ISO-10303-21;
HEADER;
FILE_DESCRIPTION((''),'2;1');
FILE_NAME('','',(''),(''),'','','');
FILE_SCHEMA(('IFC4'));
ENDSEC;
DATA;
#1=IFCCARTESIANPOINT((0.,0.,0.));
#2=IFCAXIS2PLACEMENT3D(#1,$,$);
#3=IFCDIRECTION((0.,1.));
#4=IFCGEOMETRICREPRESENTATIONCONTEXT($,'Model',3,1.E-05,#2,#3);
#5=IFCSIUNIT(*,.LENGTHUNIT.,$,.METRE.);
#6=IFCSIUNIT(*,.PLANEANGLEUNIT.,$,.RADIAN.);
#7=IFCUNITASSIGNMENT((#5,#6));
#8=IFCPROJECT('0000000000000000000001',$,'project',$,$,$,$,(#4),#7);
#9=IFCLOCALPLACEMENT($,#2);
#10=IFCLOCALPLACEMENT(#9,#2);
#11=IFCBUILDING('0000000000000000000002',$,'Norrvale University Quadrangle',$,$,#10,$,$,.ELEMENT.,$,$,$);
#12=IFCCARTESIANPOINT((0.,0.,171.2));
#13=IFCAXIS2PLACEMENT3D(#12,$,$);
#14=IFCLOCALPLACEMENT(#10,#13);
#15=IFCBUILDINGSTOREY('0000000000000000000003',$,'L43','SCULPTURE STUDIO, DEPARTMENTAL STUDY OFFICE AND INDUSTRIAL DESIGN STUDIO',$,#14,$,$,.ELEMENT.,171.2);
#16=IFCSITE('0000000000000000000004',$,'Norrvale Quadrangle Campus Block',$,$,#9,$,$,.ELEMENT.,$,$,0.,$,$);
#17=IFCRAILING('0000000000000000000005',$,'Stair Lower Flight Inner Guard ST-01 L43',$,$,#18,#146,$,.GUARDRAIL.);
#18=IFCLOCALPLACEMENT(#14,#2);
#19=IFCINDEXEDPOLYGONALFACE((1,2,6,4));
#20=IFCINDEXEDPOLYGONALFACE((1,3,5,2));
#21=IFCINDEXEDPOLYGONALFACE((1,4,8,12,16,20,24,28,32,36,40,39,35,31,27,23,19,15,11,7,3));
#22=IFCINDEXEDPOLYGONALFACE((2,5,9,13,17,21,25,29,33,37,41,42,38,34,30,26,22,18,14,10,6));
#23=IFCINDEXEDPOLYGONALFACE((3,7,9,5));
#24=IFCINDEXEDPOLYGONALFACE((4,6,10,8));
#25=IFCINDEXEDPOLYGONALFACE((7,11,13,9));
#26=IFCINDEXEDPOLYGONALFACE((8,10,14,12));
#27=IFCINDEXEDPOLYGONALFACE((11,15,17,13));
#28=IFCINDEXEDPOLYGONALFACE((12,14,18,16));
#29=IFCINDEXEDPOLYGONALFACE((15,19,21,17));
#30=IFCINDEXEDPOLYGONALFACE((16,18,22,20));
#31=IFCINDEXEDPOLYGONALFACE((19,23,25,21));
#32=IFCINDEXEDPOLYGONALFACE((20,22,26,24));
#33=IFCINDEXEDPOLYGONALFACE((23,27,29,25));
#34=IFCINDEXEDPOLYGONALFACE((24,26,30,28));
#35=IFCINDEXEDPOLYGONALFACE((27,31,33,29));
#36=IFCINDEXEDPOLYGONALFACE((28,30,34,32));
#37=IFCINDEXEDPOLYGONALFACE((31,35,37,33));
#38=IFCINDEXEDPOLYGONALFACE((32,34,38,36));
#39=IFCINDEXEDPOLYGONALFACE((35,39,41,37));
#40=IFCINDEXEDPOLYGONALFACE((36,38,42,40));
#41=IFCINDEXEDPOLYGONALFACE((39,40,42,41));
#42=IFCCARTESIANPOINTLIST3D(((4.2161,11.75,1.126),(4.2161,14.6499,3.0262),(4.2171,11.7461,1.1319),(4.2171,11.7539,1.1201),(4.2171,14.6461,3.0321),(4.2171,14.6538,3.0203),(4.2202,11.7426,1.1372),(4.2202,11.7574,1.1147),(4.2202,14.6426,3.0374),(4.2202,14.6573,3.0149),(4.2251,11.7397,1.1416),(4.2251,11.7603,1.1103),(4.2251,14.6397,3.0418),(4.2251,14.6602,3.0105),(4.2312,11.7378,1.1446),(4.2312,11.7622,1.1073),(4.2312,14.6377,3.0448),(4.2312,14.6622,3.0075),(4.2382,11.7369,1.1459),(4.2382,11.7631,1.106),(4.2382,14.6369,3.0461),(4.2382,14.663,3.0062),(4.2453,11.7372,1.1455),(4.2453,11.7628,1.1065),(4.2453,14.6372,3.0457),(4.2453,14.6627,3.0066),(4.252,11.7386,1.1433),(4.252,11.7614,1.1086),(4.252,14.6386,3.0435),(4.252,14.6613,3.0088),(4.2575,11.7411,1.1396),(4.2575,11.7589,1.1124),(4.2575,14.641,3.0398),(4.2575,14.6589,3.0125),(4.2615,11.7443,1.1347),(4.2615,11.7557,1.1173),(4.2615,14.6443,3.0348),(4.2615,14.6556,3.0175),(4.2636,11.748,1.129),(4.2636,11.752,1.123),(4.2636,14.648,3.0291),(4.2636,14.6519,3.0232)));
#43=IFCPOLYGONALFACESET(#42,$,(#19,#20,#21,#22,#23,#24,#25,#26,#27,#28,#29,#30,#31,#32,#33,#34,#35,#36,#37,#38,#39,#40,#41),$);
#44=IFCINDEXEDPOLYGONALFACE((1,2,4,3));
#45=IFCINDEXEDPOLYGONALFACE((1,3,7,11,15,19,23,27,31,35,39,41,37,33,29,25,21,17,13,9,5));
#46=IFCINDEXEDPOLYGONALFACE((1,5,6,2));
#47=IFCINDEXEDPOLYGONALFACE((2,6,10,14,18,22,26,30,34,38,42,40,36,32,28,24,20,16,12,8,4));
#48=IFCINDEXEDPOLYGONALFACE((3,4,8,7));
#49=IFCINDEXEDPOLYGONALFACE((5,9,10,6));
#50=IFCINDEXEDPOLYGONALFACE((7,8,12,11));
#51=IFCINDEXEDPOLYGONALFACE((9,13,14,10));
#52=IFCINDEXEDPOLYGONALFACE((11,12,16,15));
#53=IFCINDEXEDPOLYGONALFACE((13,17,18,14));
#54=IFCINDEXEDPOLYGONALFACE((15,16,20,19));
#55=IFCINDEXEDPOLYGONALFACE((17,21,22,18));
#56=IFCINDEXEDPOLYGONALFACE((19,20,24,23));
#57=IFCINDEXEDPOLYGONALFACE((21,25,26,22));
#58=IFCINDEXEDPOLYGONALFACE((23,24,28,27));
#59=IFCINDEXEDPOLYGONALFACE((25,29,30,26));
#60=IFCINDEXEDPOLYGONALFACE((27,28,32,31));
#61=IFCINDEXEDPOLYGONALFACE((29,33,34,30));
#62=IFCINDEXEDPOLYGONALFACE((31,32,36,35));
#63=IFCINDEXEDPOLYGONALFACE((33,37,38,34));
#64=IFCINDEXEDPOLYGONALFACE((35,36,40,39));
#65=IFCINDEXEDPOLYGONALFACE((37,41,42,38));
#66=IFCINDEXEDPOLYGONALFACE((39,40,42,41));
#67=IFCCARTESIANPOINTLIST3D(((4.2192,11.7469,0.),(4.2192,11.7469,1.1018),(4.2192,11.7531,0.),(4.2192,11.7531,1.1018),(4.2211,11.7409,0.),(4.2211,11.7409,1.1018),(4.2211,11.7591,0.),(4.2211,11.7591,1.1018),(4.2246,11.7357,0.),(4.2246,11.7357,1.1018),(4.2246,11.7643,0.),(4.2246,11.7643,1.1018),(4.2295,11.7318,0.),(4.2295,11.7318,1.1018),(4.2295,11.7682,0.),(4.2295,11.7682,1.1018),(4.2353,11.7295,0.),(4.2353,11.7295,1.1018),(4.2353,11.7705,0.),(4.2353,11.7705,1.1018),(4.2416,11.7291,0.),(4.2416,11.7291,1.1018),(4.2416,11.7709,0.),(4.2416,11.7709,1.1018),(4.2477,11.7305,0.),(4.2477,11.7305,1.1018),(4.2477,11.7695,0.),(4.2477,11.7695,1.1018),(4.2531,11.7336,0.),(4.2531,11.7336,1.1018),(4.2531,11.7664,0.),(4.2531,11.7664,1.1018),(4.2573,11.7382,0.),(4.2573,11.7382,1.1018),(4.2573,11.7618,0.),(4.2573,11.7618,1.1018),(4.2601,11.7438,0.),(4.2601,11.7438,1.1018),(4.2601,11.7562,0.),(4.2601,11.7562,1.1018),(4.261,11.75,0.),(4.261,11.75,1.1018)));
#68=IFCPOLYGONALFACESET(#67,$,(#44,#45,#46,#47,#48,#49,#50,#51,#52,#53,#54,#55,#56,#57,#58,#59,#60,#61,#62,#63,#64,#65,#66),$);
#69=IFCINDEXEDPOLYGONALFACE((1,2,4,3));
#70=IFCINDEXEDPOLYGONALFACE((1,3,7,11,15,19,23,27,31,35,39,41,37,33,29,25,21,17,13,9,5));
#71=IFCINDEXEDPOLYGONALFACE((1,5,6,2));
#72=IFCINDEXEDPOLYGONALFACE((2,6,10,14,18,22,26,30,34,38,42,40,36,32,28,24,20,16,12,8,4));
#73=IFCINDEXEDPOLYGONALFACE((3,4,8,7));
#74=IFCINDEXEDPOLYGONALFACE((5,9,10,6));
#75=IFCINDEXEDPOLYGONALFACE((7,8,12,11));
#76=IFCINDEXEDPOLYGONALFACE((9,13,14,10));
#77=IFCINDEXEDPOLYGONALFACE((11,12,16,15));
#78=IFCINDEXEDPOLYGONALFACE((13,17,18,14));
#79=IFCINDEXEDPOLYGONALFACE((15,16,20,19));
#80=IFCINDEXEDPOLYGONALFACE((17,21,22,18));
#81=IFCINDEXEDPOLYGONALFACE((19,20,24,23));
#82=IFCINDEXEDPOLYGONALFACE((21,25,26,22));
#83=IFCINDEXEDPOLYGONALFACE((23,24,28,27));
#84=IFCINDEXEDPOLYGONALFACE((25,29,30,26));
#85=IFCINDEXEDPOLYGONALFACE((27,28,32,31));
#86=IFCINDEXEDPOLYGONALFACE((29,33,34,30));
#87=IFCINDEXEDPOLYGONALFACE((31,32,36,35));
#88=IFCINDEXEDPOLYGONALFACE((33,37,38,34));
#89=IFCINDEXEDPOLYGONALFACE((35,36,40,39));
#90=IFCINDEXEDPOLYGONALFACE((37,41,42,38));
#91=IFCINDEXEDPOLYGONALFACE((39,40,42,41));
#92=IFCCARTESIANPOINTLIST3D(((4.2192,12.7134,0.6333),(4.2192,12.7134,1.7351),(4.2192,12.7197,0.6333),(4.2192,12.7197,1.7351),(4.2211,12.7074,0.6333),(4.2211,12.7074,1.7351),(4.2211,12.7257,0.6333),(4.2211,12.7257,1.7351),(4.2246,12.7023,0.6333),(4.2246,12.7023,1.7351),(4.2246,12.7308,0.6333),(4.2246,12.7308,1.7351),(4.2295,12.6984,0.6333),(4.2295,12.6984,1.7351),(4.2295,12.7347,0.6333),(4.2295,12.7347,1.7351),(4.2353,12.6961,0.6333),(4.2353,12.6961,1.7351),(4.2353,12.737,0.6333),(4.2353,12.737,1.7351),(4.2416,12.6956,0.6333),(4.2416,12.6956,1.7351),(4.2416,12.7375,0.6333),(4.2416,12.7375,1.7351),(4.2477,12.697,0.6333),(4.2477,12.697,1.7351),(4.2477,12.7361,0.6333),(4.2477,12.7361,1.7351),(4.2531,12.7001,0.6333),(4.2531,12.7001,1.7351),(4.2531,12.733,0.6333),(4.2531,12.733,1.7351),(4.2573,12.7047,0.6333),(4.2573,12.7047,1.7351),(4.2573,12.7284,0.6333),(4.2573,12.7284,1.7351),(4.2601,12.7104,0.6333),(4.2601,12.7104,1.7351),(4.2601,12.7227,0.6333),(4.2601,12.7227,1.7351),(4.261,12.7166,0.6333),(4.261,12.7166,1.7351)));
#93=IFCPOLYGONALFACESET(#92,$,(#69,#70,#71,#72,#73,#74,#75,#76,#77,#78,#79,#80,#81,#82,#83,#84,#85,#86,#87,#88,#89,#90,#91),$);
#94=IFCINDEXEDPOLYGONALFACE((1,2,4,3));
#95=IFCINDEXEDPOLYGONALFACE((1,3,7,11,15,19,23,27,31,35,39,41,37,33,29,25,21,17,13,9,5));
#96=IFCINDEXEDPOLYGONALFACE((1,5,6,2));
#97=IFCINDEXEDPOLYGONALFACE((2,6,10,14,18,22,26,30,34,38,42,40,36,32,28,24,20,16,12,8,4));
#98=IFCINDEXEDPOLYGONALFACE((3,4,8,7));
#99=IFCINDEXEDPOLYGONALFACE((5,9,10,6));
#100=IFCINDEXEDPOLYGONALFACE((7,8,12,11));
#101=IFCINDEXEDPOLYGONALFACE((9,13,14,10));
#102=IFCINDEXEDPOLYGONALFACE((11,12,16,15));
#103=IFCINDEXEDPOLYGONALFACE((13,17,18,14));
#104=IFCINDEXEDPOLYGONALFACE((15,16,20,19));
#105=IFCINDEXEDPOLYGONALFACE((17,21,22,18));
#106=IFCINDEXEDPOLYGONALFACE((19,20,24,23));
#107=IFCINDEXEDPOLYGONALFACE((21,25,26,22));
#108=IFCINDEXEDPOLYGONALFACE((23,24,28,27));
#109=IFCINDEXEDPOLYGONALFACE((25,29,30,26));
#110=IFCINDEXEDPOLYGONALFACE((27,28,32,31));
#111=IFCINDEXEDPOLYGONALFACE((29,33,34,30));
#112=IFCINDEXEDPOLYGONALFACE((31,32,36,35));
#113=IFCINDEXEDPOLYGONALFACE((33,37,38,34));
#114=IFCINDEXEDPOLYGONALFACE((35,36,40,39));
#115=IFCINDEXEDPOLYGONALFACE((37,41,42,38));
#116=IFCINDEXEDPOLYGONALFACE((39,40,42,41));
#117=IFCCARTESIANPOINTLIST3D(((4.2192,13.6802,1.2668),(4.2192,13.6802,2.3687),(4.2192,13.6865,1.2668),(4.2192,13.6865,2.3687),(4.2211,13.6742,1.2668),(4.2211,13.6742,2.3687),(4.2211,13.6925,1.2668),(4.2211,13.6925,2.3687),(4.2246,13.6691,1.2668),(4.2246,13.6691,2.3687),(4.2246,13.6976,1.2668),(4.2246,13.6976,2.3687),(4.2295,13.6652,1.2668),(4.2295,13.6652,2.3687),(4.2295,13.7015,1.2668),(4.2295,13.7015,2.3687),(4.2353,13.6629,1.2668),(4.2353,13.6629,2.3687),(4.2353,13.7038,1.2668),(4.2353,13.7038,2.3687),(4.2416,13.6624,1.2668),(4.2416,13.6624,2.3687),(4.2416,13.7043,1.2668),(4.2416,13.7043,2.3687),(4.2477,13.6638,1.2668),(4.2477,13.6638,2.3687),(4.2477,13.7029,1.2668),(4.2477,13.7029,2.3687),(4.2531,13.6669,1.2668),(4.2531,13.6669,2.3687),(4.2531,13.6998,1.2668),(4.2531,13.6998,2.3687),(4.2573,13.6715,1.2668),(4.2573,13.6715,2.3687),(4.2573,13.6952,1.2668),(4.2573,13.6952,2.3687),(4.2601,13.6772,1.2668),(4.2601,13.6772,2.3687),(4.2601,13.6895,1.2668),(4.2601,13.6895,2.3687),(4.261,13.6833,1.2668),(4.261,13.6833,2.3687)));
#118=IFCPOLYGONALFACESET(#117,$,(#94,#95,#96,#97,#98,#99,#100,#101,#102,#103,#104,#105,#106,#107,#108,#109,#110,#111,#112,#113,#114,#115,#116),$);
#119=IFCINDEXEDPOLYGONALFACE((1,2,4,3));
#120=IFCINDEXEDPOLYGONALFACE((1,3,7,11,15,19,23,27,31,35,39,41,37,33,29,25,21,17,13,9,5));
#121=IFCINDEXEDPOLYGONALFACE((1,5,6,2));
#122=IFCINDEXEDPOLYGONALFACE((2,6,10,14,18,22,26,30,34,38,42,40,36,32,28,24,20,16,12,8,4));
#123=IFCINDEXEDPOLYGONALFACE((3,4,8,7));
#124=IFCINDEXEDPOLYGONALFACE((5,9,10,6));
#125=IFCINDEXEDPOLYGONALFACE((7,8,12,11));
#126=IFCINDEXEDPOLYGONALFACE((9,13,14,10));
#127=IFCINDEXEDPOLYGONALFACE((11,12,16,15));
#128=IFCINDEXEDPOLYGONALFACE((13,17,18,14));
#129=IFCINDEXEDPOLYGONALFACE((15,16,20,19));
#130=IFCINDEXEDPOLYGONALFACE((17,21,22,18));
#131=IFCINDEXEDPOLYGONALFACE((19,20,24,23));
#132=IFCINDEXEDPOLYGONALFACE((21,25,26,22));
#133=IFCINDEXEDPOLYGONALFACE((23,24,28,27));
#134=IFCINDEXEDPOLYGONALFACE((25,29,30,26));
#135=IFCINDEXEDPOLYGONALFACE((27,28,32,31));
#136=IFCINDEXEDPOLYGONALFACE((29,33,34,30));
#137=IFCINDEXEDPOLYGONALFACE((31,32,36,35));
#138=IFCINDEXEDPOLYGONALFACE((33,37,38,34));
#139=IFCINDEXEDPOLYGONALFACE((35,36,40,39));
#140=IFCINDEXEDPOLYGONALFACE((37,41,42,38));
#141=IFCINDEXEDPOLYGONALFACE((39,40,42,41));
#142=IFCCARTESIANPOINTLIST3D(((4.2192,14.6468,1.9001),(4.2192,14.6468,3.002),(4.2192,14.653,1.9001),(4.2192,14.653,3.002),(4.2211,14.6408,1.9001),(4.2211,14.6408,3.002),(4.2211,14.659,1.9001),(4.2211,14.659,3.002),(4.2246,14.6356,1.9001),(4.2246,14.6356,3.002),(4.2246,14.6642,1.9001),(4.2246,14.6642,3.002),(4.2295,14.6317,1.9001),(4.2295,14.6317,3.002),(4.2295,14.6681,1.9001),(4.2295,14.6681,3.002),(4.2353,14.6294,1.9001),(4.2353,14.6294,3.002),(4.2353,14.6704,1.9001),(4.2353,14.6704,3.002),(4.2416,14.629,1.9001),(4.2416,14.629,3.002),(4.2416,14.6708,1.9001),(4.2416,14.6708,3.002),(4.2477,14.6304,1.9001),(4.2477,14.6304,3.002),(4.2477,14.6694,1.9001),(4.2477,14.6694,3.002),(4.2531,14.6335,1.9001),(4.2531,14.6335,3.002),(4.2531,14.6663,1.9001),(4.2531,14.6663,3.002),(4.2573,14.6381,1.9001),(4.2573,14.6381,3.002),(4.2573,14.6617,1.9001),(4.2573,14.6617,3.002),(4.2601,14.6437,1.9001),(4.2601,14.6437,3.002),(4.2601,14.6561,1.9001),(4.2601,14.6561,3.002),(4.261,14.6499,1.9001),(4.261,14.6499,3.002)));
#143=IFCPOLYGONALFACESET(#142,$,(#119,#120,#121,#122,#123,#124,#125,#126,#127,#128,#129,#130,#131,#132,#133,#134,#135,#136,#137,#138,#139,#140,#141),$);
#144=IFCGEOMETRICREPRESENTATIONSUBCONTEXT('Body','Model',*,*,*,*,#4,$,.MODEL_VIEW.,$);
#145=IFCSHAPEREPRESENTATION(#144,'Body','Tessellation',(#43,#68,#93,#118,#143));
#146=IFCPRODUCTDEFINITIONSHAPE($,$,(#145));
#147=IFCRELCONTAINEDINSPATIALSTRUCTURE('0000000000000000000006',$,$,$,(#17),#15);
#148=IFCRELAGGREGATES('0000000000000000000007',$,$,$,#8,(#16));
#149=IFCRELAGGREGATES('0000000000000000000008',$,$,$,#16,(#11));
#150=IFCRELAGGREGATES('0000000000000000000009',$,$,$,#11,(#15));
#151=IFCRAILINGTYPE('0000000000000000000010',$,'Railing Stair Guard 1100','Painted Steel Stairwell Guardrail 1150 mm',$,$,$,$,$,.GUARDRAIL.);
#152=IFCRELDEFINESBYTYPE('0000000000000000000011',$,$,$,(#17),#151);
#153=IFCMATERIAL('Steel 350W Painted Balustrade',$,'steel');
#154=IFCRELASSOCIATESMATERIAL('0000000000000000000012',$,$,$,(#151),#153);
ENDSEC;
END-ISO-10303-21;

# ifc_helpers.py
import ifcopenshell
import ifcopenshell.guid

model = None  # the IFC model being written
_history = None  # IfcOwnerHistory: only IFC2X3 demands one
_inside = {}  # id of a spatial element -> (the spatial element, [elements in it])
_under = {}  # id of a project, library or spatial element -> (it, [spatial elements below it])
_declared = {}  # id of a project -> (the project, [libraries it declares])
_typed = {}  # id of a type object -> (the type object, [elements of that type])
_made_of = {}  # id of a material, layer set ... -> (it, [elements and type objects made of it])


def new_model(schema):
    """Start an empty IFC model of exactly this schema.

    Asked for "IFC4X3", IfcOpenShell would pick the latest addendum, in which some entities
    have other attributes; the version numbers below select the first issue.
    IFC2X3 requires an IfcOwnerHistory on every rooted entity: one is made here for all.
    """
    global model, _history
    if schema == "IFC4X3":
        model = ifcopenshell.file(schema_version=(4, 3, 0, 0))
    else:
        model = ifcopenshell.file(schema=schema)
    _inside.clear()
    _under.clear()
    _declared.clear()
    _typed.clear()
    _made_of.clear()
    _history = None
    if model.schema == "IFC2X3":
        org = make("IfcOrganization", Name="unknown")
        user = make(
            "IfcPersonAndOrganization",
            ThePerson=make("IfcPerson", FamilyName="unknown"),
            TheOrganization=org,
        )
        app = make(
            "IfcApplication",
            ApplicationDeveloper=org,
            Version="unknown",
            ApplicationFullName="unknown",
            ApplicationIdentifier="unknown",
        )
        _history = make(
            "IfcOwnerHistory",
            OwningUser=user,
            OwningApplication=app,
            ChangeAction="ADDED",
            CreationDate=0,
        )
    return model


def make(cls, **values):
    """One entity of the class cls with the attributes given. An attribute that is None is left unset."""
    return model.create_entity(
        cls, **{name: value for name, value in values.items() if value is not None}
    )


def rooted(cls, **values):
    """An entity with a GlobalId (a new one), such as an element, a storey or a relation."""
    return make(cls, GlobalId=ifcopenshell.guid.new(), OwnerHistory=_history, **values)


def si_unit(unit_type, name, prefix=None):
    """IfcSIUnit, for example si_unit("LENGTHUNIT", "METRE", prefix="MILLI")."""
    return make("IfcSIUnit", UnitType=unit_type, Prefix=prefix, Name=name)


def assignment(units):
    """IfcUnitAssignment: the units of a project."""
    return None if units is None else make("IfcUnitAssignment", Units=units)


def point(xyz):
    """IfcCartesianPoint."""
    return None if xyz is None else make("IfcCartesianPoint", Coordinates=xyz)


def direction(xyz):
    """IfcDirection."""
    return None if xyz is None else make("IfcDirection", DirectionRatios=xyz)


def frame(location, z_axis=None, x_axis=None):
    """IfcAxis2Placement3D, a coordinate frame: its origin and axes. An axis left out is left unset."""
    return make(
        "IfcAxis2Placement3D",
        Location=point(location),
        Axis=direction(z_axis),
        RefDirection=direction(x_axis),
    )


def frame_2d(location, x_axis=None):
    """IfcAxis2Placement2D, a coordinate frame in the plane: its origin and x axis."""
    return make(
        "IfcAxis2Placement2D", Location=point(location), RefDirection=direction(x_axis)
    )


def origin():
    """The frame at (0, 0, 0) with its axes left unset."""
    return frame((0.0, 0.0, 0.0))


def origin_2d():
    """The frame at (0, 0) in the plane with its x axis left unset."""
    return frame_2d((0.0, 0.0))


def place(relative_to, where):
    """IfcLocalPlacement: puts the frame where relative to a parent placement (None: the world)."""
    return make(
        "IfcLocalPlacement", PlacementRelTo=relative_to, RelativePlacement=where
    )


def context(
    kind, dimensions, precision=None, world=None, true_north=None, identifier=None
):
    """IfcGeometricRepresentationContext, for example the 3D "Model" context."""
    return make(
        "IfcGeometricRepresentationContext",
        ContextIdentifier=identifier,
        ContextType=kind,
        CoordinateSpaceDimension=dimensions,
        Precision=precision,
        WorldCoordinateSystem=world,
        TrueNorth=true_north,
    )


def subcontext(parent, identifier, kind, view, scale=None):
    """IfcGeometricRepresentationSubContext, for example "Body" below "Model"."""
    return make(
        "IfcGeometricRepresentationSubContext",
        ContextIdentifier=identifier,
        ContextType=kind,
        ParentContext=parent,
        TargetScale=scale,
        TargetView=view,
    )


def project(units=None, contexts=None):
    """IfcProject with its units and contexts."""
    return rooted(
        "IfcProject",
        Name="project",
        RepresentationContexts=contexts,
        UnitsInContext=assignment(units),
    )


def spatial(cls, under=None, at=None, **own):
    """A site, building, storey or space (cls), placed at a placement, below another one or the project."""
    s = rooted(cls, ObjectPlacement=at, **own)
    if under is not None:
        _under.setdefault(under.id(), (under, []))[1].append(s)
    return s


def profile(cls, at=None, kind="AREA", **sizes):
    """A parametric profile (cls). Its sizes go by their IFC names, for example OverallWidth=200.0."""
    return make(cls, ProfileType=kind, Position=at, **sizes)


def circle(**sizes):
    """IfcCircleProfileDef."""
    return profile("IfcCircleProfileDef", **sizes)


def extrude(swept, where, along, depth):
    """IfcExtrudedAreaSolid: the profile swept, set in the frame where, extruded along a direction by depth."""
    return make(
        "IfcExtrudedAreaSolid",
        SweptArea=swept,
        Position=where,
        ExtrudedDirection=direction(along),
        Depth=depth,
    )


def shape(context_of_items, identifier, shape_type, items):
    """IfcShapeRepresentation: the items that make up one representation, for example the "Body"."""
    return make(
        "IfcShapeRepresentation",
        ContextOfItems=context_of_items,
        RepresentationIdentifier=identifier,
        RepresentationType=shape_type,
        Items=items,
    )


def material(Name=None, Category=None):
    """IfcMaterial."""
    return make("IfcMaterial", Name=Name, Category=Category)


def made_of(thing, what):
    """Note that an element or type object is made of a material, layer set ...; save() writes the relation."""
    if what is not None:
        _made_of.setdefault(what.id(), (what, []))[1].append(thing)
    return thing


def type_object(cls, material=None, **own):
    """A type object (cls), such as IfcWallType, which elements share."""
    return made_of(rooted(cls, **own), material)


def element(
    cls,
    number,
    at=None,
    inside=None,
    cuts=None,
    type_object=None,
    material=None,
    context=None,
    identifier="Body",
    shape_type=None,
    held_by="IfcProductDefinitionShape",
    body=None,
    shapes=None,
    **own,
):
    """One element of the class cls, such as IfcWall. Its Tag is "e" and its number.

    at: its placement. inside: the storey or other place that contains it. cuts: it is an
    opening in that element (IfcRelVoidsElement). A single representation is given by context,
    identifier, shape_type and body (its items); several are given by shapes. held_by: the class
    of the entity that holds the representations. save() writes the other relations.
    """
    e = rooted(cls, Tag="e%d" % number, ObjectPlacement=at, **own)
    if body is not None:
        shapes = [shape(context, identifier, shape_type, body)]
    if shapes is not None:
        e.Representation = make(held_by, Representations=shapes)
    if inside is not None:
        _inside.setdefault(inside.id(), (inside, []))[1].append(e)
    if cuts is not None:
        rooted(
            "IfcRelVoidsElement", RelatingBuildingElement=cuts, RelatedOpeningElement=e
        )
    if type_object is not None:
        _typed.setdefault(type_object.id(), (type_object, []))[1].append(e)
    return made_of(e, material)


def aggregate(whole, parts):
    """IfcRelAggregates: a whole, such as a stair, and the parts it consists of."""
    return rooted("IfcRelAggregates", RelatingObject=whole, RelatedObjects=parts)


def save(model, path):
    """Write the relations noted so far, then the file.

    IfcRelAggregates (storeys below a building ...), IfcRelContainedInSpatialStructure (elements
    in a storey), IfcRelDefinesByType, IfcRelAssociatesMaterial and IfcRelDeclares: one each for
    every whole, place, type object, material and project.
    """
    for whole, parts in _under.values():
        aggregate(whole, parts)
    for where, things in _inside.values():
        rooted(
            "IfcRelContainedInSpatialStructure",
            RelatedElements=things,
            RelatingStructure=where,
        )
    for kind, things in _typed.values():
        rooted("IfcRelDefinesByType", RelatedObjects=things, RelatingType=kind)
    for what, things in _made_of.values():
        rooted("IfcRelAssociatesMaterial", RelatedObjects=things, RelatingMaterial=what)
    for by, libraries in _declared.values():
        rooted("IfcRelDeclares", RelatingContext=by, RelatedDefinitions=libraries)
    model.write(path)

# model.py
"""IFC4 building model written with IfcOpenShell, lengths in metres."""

from ifc_helpers import new_model, si_unit, direction, frame, origin, origin_2d, place, context, subcontext, project, spatial, circle, extrude, material, type_object, element, save


model = new_model("IFC4")

# Units and contexts
model_context = context("Model", 3, precision=1e-05, world=origin(), true_north=direction((0.0, 1.0)))
body_context = subcontext(model_context, "Body", "Model", "MODEL_VIEW")
ifc_project = project(units=[si_unit("LENGTHUNIT", "METRE"), si_unit("PLANEANGLEUNIT", "RADIAN")], contexts=[model_context])

# Site, building, storey
site_placement = place(None, origin())
site = spatial("IfcSite", under=ifc_project, at=site_placement, Name="Norrvale Quadrangle Campus Block", CompositionType="ELEMENT", RefElevation=0.0)
building_placement = place(site_placement, origin())
building = spatial("IfcBuilding", under=site, at=building_placement, Name="Norrvale University Quadrangle", CompositionType="ELEMENT")
storey_placement = place(building_placement, frame((0.0, 0.0, 171.2)))
storey = spatial("IfcBuildingStorey", under=building, at=storey_placement, Name="L43", Description="SCULPTURE STUDIO, DEPARTMENTAL STUDY OFFICE AND INDUSTRIAL DESIGN STUDIO", CompositionType="ELEMENT", Elevation=171.2)

# Railing
ifc_material_1 = material(Name="Steel 350W Painted Balustrade", Category="steel")
railing_type_1 = type_object("IfcRailingType", Name="Railing Stair Guard 1100", Description="Painted Steel Stairwell Guardrail 1150 mm", PredefinedType="GUARDRAIL", material=ifc_material_1)
railing_1_placement = place(storey_placement, frame((4.24, 11.75, 0.0)))
element("IfcRailing", 1, at=railing_1_placement, inside=storey, type_object=railing_type_1, Name="Stair Lower Flight Inner Guard ST-01 L43", PredefinedType="GUARDRAIL", context=body_context, shape_type="SweptSolid", body=[
    extrude(circle(Radius=0.0239, at=origin_2d()), frame((0.0, 0.0, 1.126), z_axis=(0.0, 0.836433, 0.548069), x_axis=(-1.0, 0.0, 0.0)), (0.0, 0.0, 1.0), 3.467),
    extrude(circle(Radius=0.021, at=origin_2d()), origin(), (0.0, 0.0, 1.0), 1.1018),
    extrude(circle(Radius=0.021, at=origin_2d()), frame((0.0, 0.9666, 0.6333)), (0.0, 0.0, 1.0), 1.1018),
    extrude(circle(Radius=0.021, at=origin_2d()), frame((0.0, 1.9333, 1.2668)), (0.0, 0.0, 1.0), 1.1018),
    extrude(circle(Radius=0.021, at=origin_2d()), frame((0.0, 2.8999, 1.9001)), (0.0, 0.0, 1.0), 1.1018),
])

save(model, "model.ifc")
